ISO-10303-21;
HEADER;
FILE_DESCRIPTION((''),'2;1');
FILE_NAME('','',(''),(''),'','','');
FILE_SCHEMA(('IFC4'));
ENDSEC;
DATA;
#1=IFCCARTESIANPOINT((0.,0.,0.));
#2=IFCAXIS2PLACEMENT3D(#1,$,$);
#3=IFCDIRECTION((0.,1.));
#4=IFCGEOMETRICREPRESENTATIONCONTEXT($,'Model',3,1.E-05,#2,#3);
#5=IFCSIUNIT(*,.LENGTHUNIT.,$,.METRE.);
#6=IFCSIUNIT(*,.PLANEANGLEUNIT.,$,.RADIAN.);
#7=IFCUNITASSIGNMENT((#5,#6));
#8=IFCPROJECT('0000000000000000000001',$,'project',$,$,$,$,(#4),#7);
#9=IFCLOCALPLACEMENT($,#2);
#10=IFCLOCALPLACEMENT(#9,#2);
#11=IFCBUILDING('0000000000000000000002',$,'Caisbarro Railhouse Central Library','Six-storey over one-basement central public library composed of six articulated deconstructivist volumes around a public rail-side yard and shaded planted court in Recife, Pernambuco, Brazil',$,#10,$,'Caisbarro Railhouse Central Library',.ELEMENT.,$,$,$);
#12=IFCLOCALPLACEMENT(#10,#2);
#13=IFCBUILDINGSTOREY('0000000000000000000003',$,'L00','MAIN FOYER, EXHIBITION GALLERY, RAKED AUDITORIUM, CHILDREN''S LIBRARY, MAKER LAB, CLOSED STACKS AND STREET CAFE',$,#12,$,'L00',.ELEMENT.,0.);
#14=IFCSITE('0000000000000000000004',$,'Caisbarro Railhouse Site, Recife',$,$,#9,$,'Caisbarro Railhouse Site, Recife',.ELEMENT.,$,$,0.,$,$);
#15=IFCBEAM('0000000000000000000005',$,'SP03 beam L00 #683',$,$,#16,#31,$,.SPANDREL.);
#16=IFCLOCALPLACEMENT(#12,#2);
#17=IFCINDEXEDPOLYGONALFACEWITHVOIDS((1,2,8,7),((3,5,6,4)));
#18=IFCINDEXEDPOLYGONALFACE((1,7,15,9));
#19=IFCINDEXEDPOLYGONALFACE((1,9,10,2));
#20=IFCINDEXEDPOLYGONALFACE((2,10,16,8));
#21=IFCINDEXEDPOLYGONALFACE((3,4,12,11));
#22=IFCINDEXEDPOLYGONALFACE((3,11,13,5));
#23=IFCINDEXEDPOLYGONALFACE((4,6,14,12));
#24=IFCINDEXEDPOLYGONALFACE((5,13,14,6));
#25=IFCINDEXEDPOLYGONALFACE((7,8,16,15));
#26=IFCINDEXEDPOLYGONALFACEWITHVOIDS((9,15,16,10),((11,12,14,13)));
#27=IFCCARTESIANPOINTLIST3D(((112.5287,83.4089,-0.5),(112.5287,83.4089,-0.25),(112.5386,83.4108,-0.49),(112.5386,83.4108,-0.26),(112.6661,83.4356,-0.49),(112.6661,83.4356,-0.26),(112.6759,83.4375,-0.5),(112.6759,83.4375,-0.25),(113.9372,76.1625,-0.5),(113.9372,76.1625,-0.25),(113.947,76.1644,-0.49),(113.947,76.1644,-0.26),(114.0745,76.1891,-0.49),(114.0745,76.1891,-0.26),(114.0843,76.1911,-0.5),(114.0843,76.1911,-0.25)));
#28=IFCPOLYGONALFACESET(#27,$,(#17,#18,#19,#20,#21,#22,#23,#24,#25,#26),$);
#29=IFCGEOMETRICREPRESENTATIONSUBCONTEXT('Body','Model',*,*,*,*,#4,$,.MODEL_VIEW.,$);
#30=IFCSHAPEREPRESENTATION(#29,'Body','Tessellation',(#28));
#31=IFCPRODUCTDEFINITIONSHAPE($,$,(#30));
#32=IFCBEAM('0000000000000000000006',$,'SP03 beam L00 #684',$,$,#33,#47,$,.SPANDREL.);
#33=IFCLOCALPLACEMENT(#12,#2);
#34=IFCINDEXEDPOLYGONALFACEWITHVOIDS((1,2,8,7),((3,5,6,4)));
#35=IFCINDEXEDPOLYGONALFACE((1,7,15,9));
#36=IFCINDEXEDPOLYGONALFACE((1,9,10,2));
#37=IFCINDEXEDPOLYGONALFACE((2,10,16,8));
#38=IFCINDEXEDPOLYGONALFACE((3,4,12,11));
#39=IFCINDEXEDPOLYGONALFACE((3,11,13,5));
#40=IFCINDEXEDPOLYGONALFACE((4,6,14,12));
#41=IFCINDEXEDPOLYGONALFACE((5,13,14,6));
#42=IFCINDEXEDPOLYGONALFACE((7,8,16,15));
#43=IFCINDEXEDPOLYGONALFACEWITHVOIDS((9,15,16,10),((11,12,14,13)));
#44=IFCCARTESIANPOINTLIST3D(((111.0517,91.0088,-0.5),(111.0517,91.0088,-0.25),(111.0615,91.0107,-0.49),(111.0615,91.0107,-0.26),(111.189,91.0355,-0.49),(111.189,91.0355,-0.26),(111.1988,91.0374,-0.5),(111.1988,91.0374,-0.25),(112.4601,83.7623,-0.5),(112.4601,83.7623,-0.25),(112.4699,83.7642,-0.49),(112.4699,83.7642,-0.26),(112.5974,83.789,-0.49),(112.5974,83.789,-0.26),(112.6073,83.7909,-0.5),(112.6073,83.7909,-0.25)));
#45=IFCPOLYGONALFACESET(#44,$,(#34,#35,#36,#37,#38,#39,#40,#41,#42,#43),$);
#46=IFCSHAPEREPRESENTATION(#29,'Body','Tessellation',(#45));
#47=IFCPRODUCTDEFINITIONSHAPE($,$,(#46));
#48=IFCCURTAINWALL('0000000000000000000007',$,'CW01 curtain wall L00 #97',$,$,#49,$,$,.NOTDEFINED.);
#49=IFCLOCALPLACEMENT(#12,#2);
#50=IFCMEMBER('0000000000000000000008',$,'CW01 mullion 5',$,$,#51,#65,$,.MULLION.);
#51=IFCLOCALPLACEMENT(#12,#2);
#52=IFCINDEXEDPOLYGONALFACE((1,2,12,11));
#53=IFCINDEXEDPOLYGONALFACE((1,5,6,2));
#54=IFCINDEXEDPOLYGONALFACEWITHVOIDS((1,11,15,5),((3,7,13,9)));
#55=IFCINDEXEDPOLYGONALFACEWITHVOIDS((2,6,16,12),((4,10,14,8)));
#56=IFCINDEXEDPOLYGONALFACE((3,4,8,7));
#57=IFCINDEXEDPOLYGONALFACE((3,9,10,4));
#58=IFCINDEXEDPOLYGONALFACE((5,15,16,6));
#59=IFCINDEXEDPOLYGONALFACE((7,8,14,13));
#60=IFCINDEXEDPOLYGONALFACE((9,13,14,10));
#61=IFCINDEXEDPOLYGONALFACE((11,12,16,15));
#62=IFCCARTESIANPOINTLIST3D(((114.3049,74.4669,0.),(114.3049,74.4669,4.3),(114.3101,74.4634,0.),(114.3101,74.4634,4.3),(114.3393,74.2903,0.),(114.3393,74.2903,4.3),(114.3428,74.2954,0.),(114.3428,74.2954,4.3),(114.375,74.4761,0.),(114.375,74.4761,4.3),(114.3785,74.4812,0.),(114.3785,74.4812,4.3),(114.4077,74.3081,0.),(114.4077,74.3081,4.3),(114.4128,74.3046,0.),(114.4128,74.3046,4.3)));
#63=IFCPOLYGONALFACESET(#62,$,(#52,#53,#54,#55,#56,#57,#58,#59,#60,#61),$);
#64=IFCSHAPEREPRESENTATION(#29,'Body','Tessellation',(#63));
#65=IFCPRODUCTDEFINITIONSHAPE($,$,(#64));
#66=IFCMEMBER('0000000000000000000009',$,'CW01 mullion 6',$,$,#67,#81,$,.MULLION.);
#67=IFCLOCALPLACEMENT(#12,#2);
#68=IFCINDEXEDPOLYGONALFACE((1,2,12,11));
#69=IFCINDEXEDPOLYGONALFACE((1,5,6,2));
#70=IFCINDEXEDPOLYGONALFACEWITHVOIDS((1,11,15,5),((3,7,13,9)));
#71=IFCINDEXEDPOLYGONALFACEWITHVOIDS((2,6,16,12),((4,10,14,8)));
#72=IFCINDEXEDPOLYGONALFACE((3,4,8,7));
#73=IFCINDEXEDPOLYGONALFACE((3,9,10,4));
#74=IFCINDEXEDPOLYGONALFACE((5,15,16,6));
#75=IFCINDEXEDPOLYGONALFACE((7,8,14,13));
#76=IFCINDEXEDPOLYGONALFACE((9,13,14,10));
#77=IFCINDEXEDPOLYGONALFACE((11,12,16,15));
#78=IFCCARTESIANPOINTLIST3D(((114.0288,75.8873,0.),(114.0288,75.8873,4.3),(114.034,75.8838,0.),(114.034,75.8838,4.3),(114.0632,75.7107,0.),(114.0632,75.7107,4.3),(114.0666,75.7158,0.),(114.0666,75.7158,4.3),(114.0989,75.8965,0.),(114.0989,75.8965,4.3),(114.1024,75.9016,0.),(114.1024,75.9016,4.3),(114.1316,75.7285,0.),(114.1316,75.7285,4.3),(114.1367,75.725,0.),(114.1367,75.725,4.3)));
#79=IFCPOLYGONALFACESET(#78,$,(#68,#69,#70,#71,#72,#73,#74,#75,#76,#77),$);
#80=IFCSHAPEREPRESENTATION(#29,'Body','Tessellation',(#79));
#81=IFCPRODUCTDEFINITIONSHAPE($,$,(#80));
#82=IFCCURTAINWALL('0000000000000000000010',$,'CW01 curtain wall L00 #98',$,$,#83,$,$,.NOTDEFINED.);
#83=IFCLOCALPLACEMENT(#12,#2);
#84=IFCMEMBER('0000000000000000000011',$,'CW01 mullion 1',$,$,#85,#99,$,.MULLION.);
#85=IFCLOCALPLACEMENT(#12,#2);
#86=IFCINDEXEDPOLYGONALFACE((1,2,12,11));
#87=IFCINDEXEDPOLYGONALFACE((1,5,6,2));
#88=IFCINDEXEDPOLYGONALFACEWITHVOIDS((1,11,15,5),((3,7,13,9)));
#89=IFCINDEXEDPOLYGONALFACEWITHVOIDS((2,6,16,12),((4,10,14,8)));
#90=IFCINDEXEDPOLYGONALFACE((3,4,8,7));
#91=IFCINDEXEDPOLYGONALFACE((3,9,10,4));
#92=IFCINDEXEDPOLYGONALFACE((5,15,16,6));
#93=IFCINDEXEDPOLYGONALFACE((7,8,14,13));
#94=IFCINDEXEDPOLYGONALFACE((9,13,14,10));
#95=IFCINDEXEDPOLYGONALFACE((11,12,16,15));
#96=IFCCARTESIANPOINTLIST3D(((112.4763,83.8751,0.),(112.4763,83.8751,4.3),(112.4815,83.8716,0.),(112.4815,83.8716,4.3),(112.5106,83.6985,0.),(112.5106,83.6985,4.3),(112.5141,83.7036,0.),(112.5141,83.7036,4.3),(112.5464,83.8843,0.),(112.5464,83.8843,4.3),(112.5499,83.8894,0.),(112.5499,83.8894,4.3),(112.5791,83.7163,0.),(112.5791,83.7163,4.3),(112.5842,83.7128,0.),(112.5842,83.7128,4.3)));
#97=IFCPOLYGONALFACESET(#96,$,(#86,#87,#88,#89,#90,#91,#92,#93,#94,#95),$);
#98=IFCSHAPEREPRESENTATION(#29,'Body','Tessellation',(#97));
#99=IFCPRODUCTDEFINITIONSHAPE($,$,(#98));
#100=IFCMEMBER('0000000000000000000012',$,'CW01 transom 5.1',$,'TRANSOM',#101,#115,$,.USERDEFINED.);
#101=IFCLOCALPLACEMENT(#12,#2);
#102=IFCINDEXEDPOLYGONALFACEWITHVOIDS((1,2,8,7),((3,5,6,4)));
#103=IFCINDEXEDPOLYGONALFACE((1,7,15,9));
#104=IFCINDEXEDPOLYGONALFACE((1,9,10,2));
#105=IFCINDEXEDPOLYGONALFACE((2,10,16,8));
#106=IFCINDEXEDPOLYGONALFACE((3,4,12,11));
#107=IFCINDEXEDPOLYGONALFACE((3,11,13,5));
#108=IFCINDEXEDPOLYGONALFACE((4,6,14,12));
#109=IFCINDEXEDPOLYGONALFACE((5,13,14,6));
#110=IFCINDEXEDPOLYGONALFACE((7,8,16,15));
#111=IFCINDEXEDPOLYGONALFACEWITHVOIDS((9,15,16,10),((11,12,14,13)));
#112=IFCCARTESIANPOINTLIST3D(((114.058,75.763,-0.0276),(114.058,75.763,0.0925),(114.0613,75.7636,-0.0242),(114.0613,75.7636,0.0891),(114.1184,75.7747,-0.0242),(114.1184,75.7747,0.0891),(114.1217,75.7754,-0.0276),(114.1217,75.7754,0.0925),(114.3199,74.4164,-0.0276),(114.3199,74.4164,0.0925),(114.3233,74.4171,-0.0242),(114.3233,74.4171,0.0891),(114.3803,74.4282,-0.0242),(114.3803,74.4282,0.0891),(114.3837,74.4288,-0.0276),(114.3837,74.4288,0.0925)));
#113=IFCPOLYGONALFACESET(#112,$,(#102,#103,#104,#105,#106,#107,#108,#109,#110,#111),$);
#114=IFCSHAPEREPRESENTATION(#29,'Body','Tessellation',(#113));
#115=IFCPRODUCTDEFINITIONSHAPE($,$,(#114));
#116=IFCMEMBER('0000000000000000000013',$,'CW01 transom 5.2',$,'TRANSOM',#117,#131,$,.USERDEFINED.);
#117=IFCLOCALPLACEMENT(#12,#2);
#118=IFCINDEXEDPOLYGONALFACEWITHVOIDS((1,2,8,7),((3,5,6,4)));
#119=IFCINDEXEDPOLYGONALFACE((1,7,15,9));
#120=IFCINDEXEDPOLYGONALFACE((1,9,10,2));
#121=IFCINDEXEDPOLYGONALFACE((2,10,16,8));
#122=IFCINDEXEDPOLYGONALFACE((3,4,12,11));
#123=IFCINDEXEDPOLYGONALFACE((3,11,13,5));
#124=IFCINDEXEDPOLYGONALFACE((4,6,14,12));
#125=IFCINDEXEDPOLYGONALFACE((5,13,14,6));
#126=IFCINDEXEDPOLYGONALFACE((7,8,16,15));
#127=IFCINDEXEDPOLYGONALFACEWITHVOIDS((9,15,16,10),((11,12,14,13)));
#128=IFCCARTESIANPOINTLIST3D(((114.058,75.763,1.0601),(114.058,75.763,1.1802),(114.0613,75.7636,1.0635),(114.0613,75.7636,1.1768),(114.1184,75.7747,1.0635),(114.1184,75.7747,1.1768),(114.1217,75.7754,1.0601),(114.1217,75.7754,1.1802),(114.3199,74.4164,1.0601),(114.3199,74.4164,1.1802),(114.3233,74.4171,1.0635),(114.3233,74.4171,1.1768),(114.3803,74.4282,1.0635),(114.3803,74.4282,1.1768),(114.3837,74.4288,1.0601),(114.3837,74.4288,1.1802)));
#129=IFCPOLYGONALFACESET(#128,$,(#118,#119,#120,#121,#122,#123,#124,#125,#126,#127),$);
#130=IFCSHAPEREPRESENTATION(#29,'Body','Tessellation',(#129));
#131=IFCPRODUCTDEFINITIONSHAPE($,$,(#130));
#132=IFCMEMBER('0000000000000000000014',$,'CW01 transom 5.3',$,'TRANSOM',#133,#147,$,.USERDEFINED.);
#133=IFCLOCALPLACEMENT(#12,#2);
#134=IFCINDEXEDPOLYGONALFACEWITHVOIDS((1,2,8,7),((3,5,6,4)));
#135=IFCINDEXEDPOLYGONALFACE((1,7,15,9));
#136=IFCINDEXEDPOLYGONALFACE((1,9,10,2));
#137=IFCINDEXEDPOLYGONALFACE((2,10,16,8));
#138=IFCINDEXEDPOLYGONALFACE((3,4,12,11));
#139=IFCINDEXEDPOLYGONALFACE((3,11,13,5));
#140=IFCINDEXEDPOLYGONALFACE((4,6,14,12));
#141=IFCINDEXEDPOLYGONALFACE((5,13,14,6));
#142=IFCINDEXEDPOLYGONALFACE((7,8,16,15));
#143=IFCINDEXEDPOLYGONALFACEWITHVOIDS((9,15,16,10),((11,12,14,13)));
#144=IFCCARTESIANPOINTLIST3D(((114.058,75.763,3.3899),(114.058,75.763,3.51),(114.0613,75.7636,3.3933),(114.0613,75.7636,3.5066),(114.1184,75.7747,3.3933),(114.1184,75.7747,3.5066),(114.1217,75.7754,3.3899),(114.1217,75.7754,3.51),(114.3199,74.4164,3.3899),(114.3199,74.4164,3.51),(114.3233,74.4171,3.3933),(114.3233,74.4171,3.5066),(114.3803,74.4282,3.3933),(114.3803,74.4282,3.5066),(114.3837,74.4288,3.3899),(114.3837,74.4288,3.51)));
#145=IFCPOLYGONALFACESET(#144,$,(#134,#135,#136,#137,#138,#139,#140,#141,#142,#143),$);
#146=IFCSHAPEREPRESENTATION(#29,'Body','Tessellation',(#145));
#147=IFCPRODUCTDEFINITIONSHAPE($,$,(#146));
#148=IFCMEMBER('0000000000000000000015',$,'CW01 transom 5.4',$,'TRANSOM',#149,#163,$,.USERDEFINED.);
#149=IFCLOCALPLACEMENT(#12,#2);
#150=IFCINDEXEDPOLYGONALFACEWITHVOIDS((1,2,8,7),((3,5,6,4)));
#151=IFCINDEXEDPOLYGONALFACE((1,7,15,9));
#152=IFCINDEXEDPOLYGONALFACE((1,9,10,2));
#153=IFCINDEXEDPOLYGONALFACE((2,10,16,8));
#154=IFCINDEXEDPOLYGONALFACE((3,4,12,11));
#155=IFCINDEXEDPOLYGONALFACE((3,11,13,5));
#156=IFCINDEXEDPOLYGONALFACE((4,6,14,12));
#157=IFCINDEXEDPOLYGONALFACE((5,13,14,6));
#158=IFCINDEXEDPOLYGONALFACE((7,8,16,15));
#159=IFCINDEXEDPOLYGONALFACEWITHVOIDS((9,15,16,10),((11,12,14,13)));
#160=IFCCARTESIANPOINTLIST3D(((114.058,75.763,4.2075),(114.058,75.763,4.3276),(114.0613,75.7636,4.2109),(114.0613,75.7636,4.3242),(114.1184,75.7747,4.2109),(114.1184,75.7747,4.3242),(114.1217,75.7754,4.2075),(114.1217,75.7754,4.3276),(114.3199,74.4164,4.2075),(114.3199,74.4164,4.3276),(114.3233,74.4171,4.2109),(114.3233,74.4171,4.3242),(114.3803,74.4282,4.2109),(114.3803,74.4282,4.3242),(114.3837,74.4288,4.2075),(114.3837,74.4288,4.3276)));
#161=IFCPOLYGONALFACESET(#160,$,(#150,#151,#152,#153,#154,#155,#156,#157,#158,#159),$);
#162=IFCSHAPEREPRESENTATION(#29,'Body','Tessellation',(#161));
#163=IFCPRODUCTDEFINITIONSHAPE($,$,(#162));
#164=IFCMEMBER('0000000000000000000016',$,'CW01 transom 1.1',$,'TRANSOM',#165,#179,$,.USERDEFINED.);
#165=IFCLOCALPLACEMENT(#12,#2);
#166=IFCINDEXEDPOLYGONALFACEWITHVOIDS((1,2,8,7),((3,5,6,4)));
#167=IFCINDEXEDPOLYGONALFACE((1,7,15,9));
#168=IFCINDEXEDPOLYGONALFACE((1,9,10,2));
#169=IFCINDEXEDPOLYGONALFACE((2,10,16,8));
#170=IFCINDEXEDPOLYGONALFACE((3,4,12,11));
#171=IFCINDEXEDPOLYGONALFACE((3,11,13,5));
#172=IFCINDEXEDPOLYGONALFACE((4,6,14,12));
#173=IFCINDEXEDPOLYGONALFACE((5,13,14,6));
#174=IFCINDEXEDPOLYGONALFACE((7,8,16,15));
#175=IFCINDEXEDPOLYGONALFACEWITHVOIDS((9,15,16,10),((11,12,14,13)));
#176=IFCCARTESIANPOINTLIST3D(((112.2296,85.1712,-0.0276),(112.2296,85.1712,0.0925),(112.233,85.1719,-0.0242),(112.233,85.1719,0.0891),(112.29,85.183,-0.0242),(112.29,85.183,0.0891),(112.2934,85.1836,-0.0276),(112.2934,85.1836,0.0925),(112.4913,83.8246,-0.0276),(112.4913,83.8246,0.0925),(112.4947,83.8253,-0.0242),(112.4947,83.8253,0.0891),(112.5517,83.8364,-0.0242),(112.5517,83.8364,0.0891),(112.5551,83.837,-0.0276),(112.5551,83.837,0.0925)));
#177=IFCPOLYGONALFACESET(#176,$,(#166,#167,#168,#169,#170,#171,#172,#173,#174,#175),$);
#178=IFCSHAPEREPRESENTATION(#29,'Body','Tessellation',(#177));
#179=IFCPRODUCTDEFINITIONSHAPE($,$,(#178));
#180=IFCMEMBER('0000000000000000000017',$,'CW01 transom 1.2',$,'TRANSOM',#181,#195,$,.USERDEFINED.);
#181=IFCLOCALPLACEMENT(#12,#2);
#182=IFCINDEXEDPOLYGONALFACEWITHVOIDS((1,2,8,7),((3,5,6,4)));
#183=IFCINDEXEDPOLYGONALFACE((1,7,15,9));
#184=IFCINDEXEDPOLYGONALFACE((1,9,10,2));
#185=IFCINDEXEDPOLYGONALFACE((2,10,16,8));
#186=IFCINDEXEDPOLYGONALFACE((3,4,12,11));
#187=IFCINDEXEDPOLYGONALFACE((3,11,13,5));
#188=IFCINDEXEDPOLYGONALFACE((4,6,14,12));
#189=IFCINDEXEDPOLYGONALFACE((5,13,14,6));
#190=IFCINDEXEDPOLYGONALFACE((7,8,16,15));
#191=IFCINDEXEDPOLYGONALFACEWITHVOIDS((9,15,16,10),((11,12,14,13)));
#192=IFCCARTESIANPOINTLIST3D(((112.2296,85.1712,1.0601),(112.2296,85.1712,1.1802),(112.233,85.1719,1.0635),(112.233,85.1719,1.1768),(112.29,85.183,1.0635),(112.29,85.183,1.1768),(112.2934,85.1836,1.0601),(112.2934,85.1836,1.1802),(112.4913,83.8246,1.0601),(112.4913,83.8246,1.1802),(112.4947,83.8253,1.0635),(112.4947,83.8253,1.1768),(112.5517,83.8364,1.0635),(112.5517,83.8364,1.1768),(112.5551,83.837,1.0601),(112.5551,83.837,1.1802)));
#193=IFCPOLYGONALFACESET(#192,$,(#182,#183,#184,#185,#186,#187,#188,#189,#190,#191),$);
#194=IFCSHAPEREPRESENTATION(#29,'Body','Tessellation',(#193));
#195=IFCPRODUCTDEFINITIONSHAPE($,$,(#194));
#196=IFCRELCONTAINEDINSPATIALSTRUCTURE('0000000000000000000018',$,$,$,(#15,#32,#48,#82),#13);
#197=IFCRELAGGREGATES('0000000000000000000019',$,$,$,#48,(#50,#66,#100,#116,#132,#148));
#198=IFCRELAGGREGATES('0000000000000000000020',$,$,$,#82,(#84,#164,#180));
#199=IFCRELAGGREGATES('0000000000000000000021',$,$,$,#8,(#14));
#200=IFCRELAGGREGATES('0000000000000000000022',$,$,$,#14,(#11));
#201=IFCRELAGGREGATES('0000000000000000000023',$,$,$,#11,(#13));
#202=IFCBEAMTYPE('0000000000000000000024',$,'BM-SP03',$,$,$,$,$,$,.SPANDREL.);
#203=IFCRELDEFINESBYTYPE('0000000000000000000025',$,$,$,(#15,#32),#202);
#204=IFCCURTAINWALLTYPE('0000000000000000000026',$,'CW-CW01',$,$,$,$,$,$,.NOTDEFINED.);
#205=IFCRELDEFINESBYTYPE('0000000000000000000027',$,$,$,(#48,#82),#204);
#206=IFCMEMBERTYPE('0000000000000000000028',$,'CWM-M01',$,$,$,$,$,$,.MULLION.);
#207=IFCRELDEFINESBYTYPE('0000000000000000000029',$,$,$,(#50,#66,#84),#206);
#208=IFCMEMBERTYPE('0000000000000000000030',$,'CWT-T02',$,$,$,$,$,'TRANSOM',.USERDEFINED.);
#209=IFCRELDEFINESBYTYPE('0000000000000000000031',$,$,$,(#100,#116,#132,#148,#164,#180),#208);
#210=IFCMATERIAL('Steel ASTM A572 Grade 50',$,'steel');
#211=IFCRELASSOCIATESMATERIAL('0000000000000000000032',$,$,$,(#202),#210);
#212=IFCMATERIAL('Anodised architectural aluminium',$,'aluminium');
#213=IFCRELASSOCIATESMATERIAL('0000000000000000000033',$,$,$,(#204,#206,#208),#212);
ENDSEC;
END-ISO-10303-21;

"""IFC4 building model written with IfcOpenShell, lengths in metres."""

from ifc_helpers import new_model, si_unit, direction, frame, origin, origin_2d, place, context, subcontext, project, spatial, hollow_rectangle, extrude, material, material_profile, profile_set, type_object, element, aggregate, save


model = new_model("IFC4")

# Units and contexts
model_context = context("Model", 3, precision=1e-05, world=origin(), true_north=direction((0.0, 1.0)))
body_context = subcontext(model_context, "Body", "Model", "MODEL_VIEW")
ifc_project = project(units=[si_unit("LENGTHUNIT", "METRE"), si_unit("PLANEANGLEUNIT", "RADIAN")], contexts=[model_context])

# Site, building, storey
site_placement = place(None, origin())
site = spatial("IfcSite", under=ifc_project, at=site_placement, Name="Caisbarro Railhouse Site, Recife", LongName="Caisbarro Railhouse Site, Recife", CompositionType="ELEMENT", RefElevation=0.0)
building_placement = place(site_placement, origin())
building = spatial("IfcBuilding", under=site, at=building_placement, Name="Caisbarro Railhouse Central Library", Description="Six-storey over one-basement central public library composed of six articulated deconstructivist volumes around a public rail-side yard and shaded planted court in Recife, Pernambuco, Brazil", LongName="Caisbarro Railhouse Central Library", CompositionType="ELEMENT")
storey_placement = place(building_placement, origin())
storey = spatial("IfcBuildingStorey", under=building, at=storey_placement, Name="L00", Description="MAIN FOYER, EXHIBITION GALLERY, RAKED AUDITORIUM, CHILDREN'S LIBRARY, MAKER LAB, CLOSED STACKS AND STREET CAFE", LongName="L00", CompositionType="ELEMENT", Elevation=0.0)

# Shared definitions
ifc_material_1 = material(Name="Steel ASTM A572 Grade 50", Category="steel")

# Beams
ifc_material_profile_1 = material_profile(ifc_material_1, hollow_rectangle(XDim=0.1499, YDim=0.25, WallThickness=0.01, at=origin_2d()), Name="HSS250X150X10")
ifc_profile_set_1 = profile_set([ifc_material_profile_1], Name="Steel ASTM A572 Grade 50")
beam_type_1 = type_object("IfcBeamType", Name="BM-SP03", PredefinedType="SPANDREL", material=ifc_profile_set_1)
for number, where, z_axis, x_axis, name in (
    (1, (114.0107, 76.1768, -0.375), (-0.19079, 0.981631, 0.0), (-0.981631, -0.19079, 0.0), "SP03 beam L00 #683"),
    (2, (112.5337, 83.7766, -0.375), (-0.19079, 0.981631, 0.0), (-0.981631, -0.19079, 0.0), "SP03 beam L00 #684"),
):
    element("IfcBeam", number, at=place(storey_placement, frame(where, z_axis=z_axis, x_axis=x_axis)), inside=storey, type_object=beam_type_1, Name=name, PredefinedType="SPANDREL", context=body_context, shape_type="SweptSolid", body=[
        extrude(hollow_rectangle(XDim=0.1499, YDim=0.25, WallThickness=0.01, at=origin_2d()), origin(), (0.0, 0.0, 1.0), 7.3821),
    ])

# Curtain wall, members
ifc_material_2 = material(Name="Anodised architectural aluminium", Category="aluminium")
curtain_wall_type = type_object("IfcCurtainWallType", Name="CW-CW01", PredefinedType="NOTDEFINED", material=ifc_material_2)
curtain_wall_1_placement = place(storey_placement, origin())
curtain_wall_1 = element("IfcCurtainWall", 3, at=curtain_wall_1_placement, inside=storey, type_object=curtain_wall_type, Name="CW01 curtain wall L00 #97", PredefinedType="NOTDEFINED")
ifc_material_profile_2 = material_profile(ifc_material_2, hollow_rectangle(XDim=0.075, YDim=0.1799, WallThickness=0.0044, at=origin_2d()), Name="ALU-MUL-75X180")
ifc_profile_set_2 = profile_set([ifc_material_profile_2], Name="Anodised architectural aluminium")
member_type_1 = type_object("IfcMemberType", Name="CWM-M01", PredefinedType="MULLION", material=ifc_profile_set_2)
member_1_placement = place(storey_placement, frame((114.3589, 74.3857, 0.0), z_axis=(0.0, 0.0, 1.0), x_axis=(-0.981607, -0.190911, 0.0)))
member_1 = element("IfcMember", 4, at=member_1_placement, type_object=member_type_1, Name="CW01 mullion 5", PredefinedType="MULLION", context=body_context, shape_type="SweptSolid", body=[
    extrude(hollow_rectangle(XDim=0.075, YDim=0.1799, WallThickness=0.0044, at=origin_2d()), origin(), (0.0, 0.0, 1.0), 4.3),
])
member_2_placement = place(storey_placement, frame((114.0828, 75.8062, 0.0), z_axis=(0.0, 0.0, 1.0), x_axis=(-0.981607, -0.190911, 0.0)))
member_2 = element("IfcMember", 5, at=member_2_placement, type_object=member_type_1, Name="CW01 mullion 6", PredefinedType="MULLION", context=body_context, shape_type="SweptSolid", body=[
    extrude(hollow_rectangle(XDim=0.075, YDim=0.1799, WallThickness=0.0044, at=origin_2d()), origin(), (0.0, 0.0, 1.0), 4.3),
])

# Curtain wall, member
curtain_wall_2_placement = place(storey_placement, origin())
curtain_wall_2 = element("IfcCurtainWall", 6, at=curtain_wall_2_placement, inside=storey, type_object=curtain_wall_type, Name="CW01 curtain wall L00 #98", PredefinedType="NOTDEFINED")
member_3_placement = place(storey_placement, frame((112.5303, 83.7939, 0.0), z_axis=(0.0, 0.0, 1.0), x_axis=(-0.981633, -0.190781, 0.0)))
member_3 = element("IfcMember", 7, at=member_3_placement, type_object=member_type_1, Name="CW01 mullion 1", PredefinedType="MULLION", context=body_context, shape_type="SweptSolid", body=[
    extrude(hollow_rectangle(XDim=0.075, YDim=0.1799, WallThickness=0.0044, at=origin_2d()), origin(), (0.0, 0.0, 1.0), 4.3),
])

# Members
ifc_material_profile_3 = material_profile(ifc_material_2, hollow_rectangle(XDim=0.0649, YDim=0.1201, WallThickness=0.0034, at=origin_2d()), Name="ALU-TRN-65X120")
ifc_profile_set_3 = profile_set([ifc_material_profile_3], Name="Anodised architectural aluminium")
member_type_2 = type_object("IfcMemberType", Name="CWT-T02", ElementType="TRANSOM", PredefinedType="USERDEFINED", material=ifc_profile_set_3)
member_4_placement = place(storey_placement, frame((114.3518, 74.4226, 0.0325), z_axis=(-0.190946, 0.981601, 0.0), x_axis=(-0.981601, -0.190946, 0.0)))
member_4 = element("IfcMember", 8, at=member_4_placement, type_object=member_type_2, Name="CW01 transom 5.1", ObjectType="TRANSOM", PredefinedType="USERDEFINED", context=body_context, shape_type="SweptSolid", body=[
    extrude(hollow_rectangle(XDim=0.0649, YDim=0.1201, WallThickness=0.0034, at=origin_2d()), origin(), (0.0, 0.0, 1.0), 1.3718),
])
member_5_placement = place(storey_placement, frame((114.3518, 74.4226, 1.1201), z_axis=(-0.190946, 0.981601, 0.0), x_axis=(-0.981601, -0.190946, 0.0)))
member_5 = element("IfcMember", 9, at=member_5_placement, type_object=member_type_2, Name="CW01 transom 5.2", ObjectType="TRANSOM", PredefinedType="USERDEFINED", context=body_context, shape_type="SweptSolid", body=[
    extrude(hollow_rectangle(XDim=0.0649, YDim=0.1201, WallThickness=0.0034, at=origin_2d()), origin(), (0.0, 0.0, 1.0), 1.3718),
])
member_6_placement = place(storey_placement, frame((114.3518, 74.4226, 3.45), z_axis=(-0.190946, 0.981601, 0.0), x_axis=(-0.981601, -0.190946, 0.0)))
member_6 = element("IfcMember", 10, at=member_6_placement, type_object=member_type_2, Name="CW01 transom 5.3", ObjectType="TRANSOM", PredefinedType="USERDEFINED", context=body_context, shape_type="SweptSolid", body=[
    extrude(hollow_rectangle(XDim=0.0649, YDim=0.1201, WallThickness=0.0034, at=origin_2d()), origin(), (0.0, 0.0, 1.0), 1.3718),
])
member_7_placement = place(storey_placement, frame((114.3518, 74.4226, 4.2676), z_axis=(-0.190946, 0.981601, 0.0), x_axis=(-0.981601, -0.190946, 0.0)))
member_7 = element("IfcMember", 11, at=member_7_placement, type_object=member_type_2, Name="CW01 transom 5.4", ObjectType="TRANSOM", PredefinedType="USERDEFINED", context=body_context, shape_type="SweptSolid", body=[
    extrude(hollow_rectangle(XDim=0.0649, YDim=0.1201, WallThickness=0.0034, at=origin_2d()), origin(), (0.0, 0.0, 1.0), 1.3718),
])
member_8_placement = place(storey_placement, frame((112.5232, 83.8308, 0.0325), z_axis=(-0.190774, 0.981634, 0.0), x_axis=(-0.981634, -0.190774, 0.0)))
member_8 = element("IfcMember", 12, at=member_8_placement, type_object=member_type_2, Name="CW01 transom 1.1", ObjectType="TRANSOM", PredefinedType="USERDEFINED", context=body_context, shape_type="SweptSolid", body=[
    extrude(hollow_rectangle(XDim=0.0649, YDim=0.1201, WallThickness=0.0034, at=origin_2d()), origin(), (0.0, 0.0, 1.0), 1.3718),
])
member_9_placement = place(storey_placement, frame((112.5232, 83.8308, 1.1201), z_axis=(-0.190774, 0.981634, 0.0), x_axis=(-0.981634, -0.190774, 0.0)))
member_9 = element("IfcMember", 13, at=member_9_placement, type_object=member_type_2, Name="CW01 transom 1.2", ObjectType="TRANSOM", PredefinedType="USERDEFINED", context=body_context, shape_type="SweptSolid", body=[
    extrude(hollow_rectangle(XDim=0.0649, YDim=0.1201, WallThickness=0.0034, at=origin_2d()), origin(), (0.0, 0.0, 1.0), 1.3718),
])

aggregate(curtain_wall_1, [member_1, member_2, member_4, member_5, member_6, member_7])
aggregate(curtain_wall_2, [member_3, member_8, member_9])

save(model, "model.ifc")
